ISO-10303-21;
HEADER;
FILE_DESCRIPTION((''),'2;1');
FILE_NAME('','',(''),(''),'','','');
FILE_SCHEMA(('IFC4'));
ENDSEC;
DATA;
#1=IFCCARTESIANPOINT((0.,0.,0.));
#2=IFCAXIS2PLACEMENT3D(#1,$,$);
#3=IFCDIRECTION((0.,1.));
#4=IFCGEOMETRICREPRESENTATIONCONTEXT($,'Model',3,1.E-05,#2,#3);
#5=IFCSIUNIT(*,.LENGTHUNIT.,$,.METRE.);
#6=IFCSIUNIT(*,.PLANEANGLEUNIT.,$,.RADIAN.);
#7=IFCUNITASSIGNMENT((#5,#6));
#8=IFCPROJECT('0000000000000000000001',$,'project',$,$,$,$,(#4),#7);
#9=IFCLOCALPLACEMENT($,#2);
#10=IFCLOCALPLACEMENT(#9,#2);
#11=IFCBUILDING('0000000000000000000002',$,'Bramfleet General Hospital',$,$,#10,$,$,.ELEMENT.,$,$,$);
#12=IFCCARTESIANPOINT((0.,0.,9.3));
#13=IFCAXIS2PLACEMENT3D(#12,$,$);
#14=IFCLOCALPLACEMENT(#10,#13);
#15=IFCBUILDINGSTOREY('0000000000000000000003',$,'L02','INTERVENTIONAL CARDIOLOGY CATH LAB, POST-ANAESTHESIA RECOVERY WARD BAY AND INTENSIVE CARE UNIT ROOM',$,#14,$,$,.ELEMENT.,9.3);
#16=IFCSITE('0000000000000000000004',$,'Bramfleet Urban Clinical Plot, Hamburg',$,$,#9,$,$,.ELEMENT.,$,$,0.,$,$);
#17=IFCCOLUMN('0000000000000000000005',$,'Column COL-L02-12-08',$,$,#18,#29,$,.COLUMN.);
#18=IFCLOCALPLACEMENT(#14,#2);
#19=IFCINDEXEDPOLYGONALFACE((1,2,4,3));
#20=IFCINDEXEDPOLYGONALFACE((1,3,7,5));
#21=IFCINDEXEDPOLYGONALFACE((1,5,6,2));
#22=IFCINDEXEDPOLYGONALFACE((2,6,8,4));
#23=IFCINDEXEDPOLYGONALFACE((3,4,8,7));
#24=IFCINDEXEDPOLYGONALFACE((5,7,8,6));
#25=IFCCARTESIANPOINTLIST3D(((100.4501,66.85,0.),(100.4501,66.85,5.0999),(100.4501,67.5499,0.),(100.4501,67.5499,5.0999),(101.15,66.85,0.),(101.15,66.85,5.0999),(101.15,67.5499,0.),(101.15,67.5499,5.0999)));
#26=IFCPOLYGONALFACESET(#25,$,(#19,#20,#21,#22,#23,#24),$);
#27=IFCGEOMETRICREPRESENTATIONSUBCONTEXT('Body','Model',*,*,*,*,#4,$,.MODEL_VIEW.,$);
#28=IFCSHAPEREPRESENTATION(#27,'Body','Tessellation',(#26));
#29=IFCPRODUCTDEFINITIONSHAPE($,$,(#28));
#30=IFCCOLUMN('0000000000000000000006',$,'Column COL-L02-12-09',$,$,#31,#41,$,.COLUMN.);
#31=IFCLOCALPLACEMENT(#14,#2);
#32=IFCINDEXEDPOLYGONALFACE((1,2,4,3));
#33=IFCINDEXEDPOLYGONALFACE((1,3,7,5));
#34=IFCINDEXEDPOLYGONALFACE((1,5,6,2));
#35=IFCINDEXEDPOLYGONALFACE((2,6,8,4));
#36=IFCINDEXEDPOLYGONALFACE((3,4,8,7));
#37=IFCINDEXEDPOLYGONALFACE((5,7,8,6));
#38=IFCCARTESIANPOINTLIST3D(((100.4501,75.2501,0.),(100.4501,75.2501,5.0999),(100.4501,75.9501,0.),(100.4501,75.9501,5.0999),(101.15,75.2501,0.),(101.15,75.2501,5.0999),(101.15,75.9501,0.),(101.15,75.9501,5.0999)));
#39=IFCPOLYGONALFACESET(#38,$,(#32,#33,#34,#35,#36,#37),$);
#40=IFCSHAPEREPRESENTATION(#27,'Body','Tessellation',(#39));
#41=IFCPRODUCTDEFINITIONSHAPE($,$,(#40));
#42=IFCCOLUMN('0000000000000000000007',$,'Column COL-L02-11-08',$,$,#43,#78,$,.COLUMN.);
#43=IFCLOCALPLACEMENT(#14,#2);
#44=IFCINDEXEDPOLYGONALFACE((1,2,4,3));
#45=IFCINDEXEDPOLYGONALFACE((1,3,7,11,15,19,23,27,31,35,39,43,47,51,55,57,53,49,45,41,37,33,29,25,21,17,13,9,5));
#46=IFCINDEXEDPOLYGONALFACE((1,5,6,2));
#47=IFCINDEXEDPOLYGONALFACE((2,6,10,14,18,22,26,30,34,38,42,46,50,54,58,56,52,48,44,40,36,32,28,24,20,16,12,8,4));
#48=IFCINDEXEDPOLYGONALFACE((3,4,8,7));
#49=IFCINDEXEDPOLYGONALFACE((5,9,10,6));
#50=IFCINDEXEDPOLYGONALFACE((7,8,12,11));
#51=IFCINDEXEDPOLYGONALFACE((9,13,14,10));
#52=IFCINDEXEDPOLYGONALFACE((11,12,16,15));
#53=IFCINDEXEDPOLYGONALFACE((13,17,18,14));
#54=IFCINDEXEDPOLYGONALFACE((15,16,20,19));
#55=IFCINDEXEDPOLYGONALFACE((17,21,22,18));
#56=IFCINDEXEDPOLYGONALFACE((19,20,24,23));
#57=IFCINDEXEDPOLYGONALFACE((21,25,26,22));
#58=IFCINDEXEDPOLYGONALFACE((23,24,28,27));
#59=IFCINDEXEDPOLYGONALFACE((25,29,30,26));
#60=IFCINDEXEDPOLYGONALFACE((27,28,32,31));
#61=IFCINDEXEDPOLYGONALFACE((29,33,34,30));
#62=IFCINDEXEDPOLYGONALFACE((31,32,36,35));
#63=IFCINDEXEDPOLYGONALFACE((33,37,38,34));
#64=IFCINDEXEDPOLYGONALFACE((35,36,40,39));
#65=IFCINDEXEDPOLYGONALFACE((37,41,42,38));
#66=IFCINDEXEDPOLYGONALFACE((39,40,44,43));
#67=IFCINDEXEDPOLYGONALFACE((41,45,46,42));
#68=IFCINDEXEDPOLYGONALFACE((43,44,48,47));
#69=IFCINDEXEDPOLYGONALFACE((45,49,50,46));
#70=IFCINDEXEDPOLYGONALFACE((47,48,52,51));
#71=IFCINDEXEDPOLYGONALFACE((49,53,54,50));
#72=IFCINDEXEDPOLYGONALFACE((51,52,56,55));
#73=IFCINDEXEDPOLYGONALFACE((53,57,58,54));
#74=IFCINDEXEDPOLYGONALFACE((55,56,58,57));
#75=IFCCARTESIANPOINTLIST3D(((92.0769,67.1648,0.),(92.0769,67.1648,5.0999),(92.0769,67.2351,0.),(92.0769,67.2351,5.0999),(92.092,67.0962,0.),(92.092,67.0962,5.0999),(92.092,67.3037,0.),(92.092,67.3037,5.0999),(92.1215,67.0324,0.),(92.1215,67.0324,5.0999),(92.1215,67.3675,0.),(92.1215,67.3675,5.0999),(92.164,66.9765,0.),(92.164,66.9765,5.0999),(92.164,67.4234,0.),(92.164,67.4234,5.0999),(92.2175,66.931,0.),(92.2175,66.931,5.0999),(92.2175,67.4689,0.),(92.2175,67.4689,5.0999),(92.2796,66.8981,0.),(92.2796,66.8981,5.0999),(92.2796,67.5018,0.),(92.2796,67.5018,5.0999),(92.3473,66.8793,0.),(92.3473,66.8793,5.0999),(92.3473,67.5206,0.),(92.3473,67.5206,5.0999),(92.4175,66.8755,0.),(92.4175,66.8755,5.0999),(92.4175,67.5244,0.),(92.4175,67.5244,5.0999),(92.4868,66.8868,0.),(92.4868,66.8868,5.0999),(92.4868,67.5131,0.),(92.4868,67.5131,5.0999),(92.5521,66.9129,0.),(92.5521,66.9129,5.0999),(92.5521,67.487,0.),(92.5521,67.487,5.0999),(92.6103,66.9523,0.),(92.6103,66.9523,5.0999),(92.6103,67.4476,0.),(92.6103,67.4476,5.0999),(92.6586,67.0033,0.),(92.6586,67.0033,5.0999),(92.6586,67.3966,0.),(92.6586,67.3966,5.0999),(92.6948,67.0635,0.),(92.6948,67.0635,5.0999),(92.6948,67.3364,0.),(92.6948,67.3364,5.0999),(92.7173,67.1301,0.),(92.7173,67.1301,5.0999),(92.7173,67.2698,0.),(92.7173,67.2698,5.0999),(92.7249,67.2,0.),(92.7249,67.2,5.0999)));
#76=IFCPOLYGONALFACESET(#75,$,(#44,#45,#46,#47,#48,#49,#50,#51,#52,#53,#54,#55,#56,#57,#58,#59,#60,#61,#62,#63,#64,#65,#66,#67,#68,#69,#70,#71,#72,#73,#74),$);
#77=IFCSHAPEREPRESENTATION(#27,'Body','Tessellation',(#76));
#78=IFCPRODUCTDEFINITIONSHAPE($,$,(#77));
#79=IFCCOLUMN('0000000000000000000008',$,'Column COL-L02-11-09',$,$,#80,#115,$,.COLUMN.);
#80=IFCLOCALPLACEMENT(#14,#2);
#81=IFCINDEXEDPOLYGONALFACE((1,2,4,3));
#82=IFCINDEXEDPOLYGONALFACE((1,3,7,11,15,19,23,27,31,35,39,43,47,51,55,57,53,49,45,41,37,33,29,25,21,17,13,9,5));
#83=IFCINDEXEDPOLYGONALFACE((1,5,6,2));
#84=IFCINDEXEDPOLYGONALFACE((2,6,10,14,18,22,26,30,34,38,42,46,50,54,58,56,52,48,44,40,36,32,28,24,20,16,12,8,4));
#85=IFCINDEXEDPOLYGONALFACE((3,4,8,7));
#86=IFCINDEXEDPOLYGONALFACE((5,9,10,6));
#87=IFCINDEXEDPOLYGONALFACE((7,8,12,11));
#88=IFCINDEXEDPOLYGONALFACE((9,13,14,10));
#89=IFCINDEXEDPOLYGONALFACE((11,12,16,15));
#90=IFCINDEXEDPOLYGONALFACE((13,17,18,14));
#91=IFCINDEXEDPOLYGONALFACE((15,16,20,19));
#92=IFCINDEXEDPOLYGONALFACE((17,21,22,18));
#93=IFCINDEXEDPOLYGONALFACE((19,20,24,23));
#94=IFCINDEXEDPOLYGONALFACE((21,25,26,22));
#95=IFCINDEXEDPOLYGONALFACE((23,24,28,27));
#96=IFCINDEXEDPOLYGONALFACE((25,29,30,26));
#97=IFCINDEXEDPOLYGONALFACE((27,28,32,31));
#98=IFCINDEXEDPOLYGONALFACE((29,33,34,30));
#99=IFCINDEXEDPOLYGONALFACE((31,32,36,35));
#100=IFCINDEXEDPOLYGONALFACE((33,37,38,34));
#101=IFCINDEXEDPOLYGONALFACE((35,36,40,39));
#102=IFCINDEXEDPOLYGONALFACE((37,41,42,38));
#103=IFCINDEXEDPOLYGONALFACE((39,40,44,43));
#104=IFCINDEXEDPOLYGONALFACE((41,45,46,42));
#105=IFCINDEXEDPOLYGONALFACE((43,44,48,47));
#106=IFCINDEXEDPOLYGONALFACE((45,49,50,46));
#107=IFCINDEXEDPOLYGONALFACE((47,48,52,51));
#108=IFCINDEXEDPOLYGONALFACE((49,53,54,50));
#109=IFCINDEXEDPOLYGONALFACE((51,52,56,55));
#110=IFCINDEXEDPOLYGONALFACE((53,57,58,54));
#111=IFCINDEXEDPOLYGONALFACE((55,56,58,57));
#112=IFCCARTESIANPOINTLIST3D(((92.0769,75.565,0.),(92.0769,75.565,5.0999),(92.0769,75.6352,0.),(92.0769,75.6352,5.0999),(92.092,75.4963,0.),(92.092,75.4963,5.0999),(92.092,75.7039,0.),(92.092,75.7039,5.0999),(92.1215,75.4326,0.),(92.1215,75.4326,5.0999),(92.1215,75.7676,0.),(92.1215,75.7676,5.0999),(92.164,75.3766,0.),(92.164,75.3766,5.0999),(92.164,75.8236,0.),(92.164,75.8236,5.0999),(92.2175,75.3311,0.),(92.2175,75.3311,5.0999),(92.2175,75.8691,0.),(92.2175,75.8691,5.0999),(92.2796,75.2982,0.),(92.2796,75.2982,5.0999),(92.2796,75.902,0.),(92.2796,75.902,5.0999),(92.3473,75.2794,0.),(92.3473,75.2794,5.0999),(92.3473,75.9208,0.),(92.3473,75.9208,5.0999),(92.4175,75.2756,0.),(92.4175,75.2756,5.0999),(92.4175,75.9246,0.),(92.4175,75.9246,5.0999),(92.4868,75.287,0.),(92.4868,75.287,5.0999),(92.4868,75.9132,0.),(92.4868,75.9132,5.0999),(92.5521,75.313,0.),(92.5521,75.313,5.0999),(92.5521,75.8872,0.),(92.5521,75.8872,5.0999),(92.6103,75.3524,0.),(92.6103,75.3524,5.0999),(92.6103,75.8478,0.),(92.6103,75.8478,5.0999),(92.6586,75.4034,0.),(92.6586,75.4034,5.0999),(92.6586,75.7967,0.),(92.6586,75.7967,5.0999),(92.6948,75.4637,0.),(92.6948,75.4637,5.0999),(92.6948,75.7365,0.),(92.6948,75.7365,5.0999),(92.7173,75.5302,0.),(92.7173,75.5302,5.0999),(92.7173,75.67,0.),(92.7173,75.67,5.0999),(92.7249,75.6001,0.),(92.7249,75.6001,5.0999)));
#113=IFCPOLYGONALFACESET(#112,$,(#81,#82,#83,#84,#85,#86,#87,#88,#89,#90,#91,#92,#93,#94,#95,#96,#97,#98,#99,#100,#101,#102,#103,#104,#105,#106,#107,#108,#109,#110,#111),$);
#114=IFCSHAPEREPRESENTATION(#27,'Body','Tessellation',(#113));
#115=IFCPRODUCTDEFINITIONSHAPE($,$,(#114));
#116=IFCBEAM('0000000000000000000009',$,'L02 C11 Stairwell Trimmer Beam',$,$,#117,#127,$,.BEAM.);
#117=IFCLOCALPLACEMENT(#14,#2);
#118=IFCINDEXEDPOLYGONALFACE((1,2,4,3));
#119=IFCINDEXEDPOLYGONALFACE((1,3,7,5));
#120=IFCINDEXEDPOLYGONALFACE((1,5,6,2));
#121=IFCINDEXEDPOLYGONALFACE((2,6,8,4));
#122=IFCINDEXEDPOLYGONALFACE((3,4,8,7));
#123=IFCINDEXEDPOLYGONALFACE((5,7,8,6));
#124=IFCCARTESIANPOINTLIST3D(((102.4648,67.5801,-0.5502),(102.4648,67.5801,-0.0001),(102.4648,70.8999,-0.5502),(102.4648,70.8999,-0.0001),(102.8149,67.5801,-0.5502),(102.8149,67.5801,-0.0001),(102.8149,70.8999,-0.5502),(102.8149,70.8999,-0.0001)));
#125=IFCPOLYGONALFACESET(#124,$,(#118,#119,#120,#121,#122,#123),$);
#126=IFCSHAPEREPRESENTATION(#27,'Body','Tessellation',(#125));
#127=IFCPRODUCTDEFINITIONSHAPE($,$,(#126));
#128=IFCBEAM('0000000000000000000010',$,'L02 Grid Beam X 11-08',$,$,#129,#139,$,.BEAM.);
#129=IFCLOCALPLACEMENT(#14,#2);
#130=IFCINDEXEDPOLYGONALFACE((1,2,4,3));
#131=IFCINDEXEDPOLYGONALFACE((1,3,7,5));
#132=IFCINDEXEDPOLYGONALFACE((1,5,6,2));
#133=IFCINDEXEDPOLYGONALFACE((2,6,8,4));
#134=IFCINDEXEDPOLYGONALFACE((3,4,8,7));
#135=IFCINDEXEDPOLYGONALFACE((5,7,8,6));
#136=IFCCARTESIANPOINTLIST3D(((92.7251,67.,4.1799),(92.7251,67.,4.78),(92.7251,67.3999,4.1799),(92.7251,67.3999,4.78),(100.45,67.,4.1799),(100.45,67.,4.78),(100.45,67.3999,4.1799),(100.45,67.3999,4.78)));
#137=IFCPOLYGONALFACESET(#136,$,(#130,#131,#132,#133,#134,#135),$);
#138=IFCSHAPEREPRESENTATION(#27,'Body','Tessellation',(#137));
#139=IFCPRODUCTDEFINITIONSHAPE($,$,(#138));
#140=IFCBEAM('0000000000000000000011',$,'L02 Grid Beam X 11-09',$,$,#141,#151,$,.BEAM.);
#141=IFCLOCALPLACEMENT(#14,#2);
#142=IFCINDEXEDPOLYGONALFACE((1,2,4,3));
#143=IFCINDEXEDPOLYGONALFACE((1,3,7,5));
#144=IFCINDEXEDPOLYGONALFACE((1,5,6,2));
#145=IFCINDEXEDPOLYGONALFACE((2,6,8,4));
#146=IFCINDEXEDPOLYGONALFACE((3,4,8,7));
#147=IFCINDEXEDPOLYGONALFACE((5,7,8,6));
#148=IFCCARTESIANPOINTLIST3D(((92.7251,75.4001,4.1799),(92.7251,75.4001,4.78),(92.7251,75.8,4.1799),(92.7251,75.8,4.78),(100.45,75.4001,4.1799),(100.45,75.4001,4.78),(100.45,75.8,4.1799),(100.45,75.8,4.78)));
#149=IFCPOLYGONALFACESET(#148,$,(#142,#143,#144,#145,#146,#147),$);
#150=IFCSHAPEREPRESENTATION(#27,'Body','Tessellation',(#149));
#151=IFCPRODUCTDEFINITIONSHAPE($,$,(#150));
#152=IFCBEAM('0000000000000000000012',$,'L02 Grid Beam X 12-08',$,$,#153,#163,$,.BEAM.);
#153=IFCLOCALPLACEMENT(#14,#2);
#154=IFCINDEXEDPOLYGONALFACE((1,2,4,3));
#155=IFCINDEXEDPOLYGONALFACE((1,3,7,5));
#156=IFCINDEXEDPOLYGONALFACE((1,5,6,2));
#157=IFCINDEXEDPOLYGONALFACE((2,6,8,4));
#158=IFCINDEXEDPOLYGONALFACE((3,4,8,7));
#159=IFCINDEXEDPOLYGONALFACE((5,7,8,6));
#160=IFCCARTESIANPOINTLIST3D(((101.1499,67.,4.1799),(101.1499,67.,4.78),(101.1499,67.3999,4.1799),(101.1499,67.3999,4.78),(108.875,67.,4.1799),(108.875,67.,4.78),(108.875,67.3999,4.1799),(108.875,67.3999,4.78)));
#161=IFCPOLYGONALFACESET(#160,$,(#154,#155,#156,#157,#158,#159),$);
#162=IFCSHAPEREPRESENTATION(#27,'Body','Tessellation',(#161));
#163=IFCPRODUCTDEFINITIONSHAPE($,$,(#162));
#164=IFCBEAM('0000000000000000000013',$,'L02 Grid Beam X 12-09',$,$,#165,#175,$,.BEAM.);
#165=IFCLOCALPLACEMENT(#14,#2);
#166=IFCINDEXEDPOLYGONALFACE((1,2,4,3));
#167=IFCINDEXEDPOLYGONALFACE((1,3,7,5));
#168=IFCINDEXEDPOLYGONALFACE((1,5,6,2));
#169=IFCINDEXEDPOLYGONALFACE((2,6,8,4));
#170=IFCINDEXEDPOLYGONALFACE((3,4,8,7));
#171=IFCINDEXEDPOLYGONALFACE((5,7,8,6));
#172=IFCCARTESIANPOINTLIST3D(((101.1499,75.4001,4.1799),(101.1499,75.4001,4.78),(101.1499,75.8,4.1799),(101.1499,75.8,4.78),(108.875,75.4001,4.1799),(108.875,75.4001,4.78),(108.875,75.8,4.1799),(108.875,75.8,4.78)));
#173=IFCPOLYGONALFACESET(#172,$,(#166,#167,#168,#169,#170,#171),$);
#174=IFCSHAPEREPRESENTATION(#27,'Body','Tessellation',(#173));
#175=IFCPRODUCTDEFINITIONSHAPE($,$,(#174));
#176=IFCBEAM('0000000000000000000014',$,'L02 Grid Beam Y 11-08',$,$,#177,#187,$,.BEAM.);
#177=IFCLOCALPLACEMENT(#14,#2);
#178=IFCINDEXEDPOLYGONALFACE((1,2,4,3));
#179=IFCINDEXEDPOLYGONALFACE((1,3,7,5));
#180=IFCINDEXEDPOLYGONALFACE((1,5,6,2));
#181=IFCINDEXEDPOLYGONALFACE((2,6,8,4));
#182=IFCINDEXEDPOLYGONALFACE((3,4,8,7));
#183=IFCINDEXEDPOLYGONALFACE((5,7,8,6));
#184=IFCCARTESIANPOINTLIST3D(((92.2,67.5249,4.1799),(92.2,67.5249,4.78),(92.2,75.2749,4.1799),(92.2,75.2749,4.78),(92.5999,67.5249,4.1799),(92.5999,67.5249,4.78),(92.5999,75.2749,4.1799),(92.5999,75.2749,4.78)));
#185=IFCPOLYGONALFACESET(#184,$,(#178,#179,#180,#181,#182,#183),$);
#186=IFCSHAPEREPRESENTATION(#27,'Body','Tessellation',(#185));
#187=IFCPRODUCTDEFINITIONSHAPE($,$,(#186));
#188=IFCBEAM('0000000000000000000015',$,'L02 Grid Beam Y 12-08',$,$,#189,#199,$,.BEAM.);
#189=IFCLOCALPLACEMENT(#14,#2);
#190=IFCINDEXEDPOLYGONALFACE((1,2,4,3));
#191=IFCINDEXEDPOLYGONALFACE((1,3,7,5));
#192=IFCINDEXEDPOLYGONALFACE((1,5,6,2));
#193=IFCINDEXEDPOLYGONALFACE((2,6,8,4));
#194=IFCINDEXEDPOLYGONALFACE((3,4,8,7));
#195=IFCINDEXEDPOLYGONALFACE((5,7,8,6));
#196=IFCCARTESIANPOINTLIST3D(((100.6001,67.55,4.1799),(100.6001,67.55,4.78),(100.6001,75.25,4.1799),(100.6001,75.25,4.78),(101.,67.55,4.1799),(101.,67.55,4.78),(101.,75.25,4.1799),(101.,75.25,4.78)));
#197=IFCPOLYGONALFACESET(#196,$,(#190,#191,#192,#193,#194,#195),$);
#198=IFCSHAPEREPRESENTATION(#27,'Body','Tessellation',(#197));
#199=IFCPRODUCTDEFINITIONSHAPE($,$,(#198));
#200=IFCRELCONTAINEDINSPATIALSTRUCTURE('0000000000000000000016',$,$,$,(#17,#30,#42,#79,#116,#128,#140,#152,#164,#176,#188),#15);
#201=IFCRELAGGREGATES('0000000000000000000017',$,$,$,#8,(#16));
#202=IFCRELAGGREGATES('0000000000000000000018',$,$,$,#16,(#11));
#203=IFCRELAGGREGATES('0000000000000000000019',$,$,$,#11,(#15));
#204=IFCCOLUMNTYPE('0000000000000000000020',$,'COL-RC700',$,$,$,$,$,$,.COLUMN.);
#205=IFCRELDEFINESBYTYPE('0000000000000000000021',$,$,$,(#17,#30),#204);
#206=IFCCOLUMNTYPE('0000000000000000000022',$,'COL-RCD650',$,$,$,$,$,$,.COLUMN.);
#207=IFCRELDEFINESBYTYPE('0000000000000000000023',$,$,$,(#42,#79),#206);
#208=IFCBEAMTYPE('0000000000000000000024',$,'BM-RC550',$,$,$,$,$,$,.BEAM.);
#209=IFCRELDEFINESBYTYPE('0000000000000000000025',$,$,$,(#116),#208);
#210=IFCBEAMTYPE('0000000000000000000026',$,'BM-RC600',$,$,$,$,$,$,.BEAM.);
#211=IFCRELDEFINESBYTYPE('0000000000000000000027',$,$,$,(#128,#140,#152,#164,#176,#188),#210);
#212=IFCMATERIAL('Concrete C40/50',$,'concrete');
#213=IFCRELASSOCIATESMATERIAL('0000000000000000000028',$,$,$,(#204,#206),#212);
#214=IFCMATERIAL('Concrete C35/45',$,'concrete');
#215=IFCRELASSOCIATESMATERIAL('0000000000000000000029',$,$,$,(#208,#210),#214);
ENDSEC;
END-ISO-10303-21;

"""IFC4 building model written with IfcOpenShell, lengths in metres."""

from ifc_helpers import new_model, si_unit, direction, frame, origin, origin_2d, place, context, subcontext, project, spatial, rectangle, circle, extrude, material, material_profile, profile_set, type_object, element, save


model = new_model("IFC4")

# Units and contexts
model_context = context("Model", 3, precision=1e-05, world=origin(), true_north=direction((0.0, 1.0)))
body_context = subcontext(model_context, "Body", "Model", "MODEL_VIEW")
ifc_project = project(units=[si_unit("LENGTHUNIT", "METRE"), si_unit("PLANEANGLEUNIT", "RADIAN")], contexts=[model_context])

# Site, building, storey
site_placement = place(None, origin())
site = spatial("IfcSite", under=ifc_project, at=site_placement, Name="Bramfleet Urban Clinical Plot, Hamburg", CompositionType="ELEMENT", RefElevation=0.0)
building_placement = place(site_placement, origin())
building = spatial("IfcBuilding", under=site, at=building_placement, Name="Bramfleet General Hospital", CompositionType="ELEMENT")
storey_placement = place(building_placement, frame((0.0, 0.0, 9.3)))
storey = spatial("IfcBuildingStorey", under=building, at=storey_placement, Name="L02", Description="INTERVENTIONAL CARDIOLOGY CATH LAB, POST-ANAESTHESIA RECOVERY WARD BAY AND INTENSIVE CARE UNIT ROOM", CompositionType="ELEMENT", Elevation=9.3)

# Columns
ifc_material_1 = material(Name="Concrete C40/50", Category="concrete")
ifc_material_profile_1 = material_profile(ifc_material_1, rectangle(XDim=0.7, YDim=0.7, at=origin_2d()), Name="RC COL 700x700")
ifc_profile_set_1 = profile_set([ifc_material_profile_1], Name="Concrete C40/50")
column_type_1 = type_object("IfcColumnType", Name="COL-RC700", PredefinedType="COLUMN", material=ifc_profile_set_1)
for number, where, z_axis, x_axis, name in (
    (1, (100.8, 67.2, 0.0), (0.0, 0.0, 1.0), (1.0, 0.0, 0.0), "Column COL-L02-12-08"),
    (2, (100.8, 75.6001, 0.0), (0.0, 0.0, 1.0), (1.0, 0.0, 0.0), "Column COL-L02-12-09"),
):
    element("IfcColumn", number, at=place(storey_placement, frame(where, z_axis=z_axis, x_axis=x_axis)), inside=storey, type_object=column_type_1, Name=name, PredefinedType="COLUMN", context=body_context, shape_type="SweptSolid", body=[
        extrude(rectangle(XDim=0.7, YDim=0.7, at=origin_2d()), origin(), (0.0, 0.0, 1.0), 5.0999),
    ])
ifc_material_profile_2 = material_profile(ifc_material_1, circle(Radius=0.325, at=origin_2d()), Name="RC ROUND D650")
ifc_profile_set_2 = profile_set([ifc_material_profile_2], Name="Concrete C40/50")
column_type_2 = type_object("IfcColumnType", Name="COL-RCD650", PredefinedType="COLUMN", material=ifc_profile_set_2)
for number, where, z_axis, x_axis, name in (
    (3, (92.3999, 67.2, 0.0), (0.0, 0.0, 1.0), (1.0, 0.0, 0.0), "Column COL-L02-11-08"),
    (4, (92.3999, 75.6001, 0.0), (0.0, 0.0, 1.0), (1.0, 0.0, 0.0), "Column COL-L02-11-09"),
):
    element("IfcColumn", number, at=place(storey_placement, frame(where, z_axis=z_axis, x_axis=x_axis)), inside=storey, type_object=column_type_2, Name=name, PredefinedType="COLUMN", context=body_context, shape_type="SweptSolid", body=[
        extrude(circle(Radius=0.325, at=origin_2d()), origin(), (0.0, 0.0, 1.0), 5.0999),
    ])

# Beams
ifc_material_2 = material(Name="Concrete C35/45", Category="concrete")
ifc_material_profile_3 = material_profile(ifc_material_2, rectangle(XDim=0.3501, YDim=0.55, at=origin_2d()), Name="RC BM 550x350")
ifc_profile_set_3 = profile_set([ifc_material_profile_3], Name="Concrete C35/45")
beam_type_1 = type_object("IfcBeamType", Name="BM-RC550", PredefinedType="BEAM", material=ifc_profile_set_3)
beam_1_placement = place(storey_placement, frame((102.6399, 67.5801, -0.2751), z_axis=(0.0, 1.0, 0.0), x_axis=(-1.0, 0.0, 0.0)))
element("IfcBeam", 5, at=beam_1_placement, inside=storey, type_object=beam_type_1, Name="L02 C11 Stairwell Trimmer Beam", PredefinedType="BEAM", context=body_context, shape_type="SweptSolid", body=[
    extrude(rectangle(XDim=0.3501, YDim=0.55, at=origin_2d()), origin(), (0.0, 0.0, 1.0), 3.3198),
])
ifc_material_profile_4 = material_profile(ifc_material_2, rectangle(XDim=0.3999, YDim=0.6001, at=origin_2d()), Name="RC BM 600x400")
ifc_profile_set_4 = profile_set([ifc_material_profile_4], Name="Concrete C35/45")
beam_type_2 = type_object("IfcBeamType", Name="BM-RC600", PredefinedType="BEAM", material=ifc_profile_set_4)
for number, where, z_axis, x_axis, name in (
    (6, (92.7251, 67.2, 4.48), (1.0, 0.0, 0.0), (0.0, 1.0, 0.0), "L02 Grid Beam X 11-08"),
    (7, (92.7251, 75.6001, 4.48), (1.0, 0.0, 0.0), (0.0, 1.0, 0.0), "L02 Grid Beam X 11-09"),
):
    element("IfcBeam", number, at=place(storey_placement, frame(where, z_axis=z_axis, x_axis=x_axis)), inside=storey, type_object=beam_type_2, Name=name, PredefinedType="BEAM", context=body_context, shape_type="SweptSolid", body=[
        extrude(rectangle(XDim=0.3999, YDim=0.6001, at=origin_2d()), origin(), (0.0, 0.0, 1.0), 7.7249),
    ])
for number, where, z_axis, x_axis, name in (
    (8, (101.1499, 67.2, 4.48), (1.0, 0.0, 0.0), (0.0, 1.0, 0.0), "L02 Grid Beam X 12-08"),
    (9, (101.1499, 75.6001, 4.48), (1.0, 0.0, 0.0), (0.0, 1.0, 0.0), "L02 Grid Beam X 12-09"),
):
    element("IfcBeam", number, at=place(storey_placement, frame(where, z_axis=z_axis, x_axis=x_axis)), inside=storey, type_object=beam_type_2, Name=name, PredefinedType="BEAM", context=body_context, shape_type="SweptSolid", body=[
        extrude(rectangle(XDim=0.3999, YDim=0.6001, at=origin_2d()), origin(), (0.0, 0.0, 1.0), 7.7251),
    ])
beam_2_placement = place(storey_placement, frame((92.3999, 67.5249, 4.48), z_axis=(0.0, 1.0, 0.0), x_axis=(-1.0, 0.0, 0.0)))
element("IfcBeam", 10, at=beam_2_placement, inside=storey, type_object=beam_type_2, Name="L02 Grid Beam Y 11-08", PredefinedType="BEAM", context=body_context, shape_type="SweptSolid", body=[
    extrude(rectangle(XDim=0.3999, YDim=0.6001, at=origin_2d()), origin(), (0.0, 0.0, 1.0), 7.75),
])
beam_3_placement = place(storey_placement, frame((100.8, 67.55, 4.48), z_axis=(0.0, 1.0, 0.0), x_axis=(-1.0, 0.0, 0.0)))
element("IfcBeam", 11, at=beam_3_placement, inside=storey, type_object=beam_type_2, Name="L02 Grid Beam Y 12-08", PredefinedType="BEAM", context=body_context, shape_type="SweptSolid", body=[
    extrude(rectangle(XDim=0.3999, YDim=0.6001, at=origin_2d()), origin(), (0.0, 0.0, 1.0), 7.7),
])

save(model, "model.ifc")
